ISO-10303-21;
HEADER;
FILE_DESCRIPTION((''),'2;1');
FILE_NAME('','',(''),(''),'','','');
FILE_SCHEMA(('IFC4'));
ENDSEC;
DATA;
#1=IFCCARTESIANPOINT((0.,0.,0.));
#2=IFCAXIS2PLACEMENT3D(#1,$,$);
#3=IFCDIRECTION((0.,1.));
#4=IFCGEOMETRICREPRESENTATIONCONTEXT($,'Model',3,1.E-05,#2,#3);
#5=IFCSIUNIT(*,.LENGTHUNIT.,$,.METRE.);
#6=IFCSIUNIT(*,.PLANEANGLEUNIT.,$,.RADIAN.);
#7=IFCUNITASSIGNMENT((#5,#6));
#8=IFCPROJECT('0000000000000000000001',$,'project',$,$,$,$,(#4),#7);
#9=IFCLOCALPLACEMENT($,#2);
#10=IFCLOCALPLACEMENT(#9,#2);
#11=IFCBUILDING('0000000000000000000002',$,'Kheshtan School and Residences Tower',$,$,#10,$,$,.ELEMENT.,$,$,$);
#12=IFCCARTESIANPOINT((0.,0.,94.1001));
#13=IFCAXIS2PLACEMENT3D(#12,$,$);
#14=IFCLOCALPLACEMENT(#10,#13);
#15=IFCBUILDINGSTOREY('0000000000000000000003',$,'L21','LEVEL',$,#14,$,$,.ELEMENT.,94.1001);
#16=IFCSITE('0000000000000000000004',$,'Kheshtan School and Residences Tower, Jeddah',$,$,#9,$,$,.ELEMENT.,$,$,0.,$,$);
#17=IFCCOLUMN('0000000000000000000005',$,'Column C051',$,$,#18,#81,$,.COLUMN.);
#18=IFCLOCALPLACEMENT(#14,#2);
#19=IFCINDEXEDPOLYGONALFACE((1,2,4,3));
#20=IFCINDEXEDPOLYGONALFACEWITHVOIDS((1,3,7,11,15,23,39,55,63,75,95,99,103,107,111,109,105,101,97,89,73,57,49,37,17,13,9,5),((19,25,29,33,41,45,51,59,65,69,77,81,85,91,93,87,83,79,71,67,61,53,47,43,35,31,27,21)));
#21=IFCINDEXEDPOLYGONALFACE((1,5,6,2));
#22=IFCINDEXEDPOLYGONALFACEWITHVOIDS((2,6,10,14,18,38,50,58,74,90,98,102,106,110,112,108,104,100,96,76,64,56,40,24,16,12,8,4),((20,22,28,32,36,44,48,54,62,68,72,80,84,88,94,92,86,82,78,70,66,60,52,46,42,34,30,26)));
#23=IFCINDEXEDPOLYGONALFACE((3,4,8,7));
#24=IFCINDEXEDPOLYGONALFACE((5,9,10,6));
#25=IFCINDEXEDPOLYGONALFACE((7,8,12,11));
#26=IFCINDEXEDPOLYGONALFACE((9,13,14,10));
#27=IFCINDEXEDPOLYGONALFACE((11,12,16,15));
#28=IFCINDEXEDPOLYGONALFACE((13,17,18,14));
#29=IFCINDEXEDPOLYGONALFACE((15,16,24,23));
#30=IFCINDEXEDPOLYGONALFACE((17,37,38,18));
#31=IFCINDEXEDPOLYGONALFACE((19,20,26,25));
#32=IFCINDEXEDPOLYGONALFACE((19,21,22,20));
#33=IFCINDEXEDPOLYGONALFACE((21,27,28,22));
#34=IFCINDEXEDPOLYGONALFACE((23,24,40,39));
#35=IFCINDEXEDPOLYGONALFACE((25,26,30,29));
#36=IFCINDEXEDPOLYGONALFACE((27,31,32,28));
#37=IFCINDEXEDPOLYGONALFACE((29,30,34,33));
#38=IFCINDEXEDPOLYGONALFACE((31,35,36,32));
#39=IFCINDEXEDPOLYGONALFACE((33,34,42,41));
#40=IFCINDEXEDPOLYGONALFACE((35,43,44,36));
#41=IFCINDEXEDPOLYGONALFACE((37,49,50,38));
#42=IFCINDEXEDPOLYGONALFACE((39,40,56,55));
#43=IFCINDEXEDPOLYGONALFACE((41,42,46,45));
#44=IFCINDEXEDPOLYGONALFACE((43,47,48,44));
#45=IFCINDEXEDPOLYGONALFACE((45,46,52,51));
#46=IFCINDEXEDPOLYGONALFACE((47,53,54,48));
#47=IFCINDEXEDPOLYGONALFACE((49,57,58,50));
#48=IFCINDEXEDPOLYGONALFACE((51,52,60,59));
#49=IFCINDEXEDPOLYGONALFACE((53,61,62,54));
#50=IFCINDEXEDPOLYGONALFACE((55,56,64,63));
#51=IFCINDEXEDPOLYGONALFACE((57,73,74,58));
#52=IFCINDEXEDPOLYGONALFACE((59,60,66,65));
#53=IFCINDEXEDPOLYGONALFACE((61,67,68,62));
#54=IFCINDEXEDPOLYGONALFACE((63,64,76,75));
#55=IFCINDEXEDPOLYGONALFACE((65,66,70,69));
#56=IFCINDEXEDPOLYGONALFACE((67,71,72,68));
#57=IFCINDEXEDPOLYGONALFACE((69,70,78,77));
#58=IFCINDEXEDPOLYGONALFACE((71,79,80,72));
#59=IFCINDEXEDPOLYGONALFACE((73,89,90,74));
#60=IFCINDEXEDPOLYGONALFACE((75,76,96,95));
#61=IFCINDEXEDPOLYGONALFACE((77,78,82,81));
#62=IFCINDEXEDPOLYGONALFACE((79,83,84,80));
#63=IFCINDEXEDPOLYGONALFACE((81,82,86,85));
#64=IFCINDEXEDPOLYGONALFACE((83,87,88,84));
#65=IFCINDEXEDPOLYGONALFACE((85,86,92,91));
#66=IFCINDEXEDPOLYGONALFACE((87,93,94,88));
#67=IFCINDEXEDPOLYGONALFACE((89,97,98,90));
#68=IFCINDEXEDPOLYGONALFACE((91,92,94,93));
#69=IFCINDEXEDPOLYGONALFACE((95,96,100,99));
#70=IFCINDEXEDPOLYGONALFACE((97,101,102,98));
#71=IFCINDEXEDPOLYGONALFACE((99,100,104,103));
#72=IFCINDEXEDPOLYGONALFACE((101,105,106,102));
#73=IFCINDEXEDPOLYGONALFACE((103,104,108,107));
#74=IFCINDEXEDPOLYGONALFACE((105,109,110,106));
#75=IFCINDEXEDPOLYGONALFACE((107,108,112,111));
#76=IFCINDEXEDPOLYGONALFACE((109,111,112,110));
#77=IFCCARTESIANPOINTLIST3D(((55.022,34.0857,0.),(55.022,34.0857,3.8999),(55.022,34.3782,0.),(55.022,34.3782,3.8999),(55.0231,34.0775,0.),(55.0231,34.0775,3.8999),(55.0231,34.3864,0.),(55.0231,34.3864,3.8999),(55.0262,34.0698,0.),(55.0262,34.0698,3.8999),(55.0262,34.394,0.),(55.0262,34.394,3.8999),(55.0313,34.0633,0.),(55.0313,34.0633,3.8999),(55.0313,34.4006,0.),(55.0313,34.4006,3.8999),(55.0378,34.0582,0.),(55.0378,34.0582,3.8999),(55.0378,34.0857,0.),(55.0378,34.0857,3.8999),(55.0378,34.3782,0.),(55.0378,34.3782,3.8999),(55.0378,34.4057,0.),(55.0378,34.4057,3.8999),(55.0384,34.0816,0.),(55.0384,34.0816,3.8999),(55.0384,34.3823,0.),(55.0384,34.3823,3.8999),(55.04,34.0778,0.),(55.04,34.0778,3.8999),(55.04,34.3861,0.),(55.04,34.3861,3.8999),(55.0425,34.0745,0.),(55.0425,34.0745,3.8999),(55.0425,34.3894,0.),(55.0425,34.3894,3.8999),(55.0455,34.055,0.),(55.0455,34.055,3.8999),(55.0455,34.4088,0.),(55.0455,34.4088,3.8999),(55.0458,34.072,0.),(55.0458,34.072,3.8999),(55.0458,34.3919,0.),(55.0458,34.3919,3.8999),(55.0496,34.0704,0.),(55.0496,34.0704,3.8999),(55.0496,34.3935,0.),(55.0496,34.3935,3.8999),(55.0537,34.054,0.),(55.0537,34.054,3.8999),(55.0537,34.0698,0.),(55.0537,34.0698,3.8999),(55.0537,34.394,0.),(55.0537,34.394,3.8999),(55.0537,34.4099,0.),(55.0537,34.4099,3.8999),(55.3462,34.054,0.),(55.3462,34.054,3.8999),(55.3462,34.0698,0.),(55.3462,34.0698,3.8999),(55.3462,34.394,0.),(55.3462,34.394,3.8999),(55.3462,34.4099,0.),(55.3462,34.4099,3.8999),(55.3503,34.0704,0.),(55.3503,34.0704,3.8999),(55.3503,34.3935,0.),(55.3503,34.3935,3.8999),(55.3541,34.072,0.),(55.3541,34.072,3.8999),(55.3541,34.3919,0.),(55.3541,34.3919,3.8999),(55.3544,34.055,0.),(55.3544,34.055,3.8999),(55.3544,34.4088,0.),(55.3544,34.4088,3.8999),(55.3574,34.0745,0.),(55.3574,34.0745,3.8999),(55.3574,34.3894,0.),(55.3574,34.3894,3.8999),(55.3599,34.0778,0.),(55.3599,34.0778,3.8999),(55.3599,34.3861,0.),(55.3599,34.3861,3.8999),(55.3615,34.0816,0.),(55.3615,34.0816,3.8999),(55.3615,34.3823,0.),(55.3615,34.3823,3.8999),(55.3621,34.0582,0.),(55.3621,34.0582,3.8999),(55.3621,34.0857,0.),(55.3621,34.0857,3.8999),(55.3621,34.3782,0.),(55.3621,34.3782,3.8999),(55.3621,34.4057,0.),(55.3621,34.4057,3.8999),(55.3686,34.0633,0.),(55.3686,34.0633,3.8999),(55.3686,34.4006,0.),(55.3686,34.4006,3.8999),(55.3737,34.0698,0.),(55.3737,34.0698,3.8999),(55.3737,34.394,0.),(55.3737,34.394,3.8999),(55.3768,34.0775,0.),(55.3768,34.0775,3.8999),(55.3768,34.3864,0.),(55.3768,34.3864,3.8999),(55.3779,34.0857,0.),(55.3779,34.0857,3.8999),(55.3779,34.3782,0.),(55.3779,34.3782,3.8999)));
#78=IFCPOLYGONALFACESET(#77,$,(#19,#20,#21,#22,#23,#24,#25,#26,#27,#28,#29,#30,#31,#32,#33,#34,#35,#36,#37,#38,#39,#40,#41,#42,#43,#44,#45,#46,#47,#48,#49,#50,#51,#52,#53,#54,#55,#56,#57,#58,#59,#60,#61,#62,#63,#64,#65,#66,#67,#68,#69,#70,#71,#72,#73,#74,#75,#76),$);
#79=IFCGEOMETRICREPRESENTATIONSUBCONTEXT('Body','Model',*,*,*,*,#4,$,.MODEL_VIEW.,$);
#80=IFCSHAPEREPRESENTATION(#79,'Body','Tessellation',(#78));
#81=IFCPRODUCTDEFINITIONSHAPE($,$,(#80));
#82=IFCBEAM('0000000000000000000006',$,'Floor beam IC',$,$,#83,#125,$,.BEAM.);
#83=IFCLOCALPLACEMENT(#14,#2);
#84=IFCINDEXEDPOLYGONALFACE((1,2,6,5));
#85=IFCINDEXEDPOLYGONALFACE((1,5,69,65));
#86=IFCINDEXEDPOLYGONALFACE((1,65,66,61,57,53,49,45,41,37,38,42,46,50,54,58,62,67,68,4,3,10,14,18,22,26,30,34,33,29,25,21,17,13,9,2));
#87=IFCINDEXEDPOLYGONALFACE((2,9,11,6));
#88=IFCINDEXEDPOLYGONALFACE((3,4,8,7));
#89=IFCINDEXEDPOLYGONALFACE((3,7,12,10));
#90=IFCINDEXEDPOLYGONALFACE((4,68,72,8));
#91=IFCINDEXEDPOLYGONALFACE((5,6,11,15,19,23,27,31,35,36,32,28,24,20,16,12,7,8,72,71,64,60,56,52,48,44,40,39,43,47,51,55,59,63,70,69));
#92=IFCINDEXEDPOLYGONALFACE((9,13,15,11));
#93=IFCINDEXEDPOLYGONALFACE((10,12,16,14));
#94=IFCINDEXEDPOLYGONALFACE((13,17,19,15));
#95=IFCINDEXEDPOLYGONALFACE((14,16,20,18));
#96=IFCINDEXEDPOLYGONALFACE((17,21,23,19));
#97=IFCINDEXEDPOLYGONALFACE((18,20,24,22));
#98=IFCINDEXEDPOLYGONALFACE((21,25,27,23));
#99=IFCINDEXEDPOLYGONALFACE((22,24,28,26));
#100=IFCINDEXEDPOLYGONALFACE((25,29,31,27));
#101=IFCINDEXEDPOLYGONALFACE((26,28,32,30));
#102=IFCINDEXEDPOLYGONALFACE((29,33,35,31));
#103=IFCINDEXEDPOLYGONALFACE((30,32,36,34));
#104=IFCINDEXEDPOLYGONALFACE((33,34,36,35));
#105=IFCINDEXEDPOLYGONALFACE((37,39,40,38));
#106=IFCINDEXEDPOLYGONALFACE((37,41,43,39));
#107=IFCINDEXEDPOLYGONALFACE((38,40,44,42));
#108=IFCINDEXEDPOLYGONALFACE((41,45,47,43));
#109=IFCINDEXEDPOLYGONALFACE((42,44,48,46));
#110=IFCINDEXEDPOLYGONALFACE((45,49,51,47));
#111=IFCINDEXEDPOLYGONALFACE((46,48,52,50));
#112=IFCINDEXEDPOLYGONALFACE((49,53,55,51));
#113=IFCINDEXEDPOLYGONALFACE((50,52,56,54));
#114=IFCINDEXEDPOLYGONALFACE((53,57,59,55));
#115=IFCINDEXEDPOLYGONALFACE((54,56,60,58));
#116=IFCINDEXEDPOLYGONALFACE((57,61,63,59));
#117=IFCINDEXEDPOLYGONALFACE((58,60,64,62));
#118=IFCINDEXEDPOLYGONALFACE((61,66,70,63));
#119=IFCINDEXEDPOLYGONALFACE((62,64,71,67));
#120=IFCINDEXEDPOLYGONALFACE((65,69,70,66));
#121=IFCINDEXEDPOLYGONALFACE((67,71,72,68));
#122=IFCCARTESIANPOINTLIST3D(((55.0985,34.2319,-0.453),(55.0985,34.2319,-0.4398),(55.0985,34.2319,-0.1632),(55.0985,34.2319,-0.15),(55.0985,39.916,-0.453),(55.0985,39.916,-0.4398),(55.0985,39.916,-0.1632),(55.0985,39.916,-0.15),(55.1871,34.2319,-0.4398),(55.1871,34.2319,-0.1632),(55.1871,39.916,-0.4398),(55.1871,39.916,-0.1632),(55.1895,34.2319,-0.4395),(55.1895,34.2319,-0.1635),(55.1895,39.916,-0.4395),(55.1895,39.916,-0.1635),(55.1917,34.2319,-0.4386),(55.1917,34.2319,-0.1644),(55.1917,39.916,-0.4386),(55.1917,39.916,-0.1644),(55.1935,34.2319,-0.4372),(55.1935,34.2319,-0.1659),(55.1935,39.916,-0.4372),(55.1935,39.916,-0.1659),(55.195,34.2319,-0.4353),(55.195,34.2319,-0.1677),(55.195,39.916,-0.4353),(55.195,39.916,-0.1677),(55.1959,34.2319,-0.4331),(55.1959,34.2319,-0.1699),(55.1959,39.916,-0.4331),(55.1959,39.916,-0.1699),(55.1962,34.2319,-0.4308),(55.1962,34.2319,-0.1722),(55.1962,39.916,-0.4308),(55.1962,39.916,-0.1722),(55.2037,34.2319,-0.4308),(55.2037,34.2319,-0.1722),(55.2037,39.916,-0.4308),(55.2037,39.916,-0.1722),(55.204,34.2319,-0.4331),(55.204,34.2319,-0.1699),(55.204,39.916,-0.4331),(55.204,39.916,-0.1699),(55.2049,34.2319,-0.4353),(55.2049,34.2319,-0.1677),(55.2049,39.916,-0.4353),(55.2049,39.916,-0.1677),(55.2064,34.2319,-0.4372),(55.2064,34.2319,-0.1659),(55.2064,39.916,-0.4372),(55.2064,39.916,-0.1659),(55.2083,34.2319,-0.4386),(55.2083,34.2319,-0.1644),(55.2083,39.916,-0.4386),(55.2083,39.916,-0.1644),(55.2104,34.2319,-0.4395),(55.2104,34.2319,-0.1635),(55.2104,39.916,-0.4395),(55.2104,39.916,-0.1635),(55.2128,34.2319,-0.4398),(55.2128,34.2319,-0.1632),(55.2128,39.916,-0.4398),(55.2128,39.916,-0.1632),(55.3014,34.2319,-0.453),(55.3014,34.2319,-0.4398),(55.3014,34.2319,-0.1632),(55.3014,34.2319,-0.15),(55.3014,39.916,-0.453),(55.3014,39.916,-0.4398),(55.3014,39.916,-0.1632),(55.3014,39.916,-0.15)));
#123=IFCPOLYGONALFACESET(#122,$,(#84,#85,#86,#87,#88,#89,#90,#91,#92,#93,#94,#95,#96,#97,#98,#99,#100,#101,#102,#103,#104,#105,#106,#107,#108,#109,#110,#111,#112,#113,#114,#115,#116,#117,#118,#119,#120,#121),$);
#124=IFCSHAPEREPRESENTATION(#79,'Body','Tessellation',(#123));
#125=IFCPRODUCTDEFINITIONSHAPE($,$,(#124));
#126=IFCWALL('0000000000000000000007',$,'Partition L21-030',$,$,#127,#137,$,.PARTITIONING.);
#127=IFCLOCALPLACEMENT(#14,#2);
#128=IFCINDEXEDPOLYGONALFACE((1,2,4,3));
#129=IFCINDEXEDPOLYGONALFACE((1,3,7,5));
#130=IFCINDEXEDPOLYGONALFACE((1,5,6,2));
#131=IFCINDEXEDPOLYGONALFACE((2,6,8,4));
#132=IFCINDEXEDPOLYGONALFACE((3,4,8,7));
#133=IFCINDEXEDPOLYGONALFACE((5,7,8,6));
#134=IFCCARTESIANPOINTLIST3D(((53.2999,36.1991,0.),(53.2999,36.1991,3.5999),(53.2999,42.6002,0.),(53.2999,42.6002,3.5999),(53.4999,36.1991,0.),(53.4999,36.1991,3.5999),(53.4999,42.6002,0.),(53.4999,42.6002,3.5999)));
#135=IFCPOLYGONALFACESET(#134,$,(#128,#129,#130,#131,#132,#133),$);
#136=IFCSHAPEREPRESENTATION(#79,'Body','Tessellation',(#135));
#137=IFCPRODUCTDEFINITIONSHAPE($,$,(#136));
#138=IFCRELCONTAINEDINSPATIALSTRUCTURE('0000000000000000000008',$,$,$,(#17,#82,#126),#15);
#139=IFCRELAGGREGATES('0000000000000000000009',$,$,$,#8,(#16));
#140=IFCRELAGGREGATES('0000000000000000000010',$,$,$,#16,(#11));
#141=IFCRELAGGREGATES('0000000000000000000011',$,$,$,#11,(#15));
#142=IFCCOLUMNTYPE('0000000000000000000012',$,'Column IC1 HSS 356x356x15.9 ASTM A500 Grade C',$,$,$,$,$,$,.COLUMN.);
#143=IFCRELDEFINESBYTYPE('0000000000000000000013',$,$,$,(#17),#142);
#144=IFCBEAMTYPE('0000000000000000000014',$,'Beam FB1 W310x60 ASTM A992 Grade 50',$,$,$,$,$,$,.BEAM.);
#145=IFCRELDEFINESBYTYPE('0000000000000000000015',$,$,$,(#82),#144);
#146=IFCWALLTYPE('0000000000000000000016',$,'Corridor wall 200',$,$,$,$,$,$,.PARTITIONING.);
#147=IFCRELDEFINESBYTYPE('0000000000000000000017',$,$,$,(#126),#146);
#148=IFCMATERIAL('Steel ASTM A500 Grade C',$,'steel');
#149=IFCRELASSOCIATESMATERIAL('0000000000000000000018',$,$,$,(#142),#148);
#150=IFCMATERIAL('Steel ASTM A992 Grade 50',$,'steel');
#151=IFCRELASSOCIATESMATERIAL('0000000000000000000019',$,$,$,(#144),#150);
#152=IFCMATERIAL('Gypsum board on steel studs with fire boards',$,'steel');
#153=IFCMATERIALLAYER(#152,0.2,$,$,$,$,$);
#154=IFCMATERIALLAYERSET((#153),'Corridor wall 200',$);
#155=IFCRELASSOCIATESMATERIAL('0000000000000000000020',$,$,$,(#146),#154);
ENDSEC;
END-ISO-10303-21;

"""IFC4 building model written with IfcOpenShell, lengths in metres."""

from ifc_helpers import new_model, si_unit, direction, frame, frame_2d, origin, origin_2d, place, context, subcontext, project, spatial, rectangle, hollow_rectangle, i_section, extrude, material, layer, layer_set, material_profile, profile_set, type_object, element, save


model = new_model("IFC4")

# Units and contexts
model_context = context("Model", 3, precision=1e-05, world=origin(), true_north=direction((0.0, 1.0)))
body_context = subcontext(model_context, "Body", "Model", "MODEL_VIEW")
ifc_project = project(units=[si_unit("LENGTHUNIT", "METRE"), si_unit("PLANEANGLEUNIT", "RADIAN")], contexts=[model_context])

# Site, building, storey
site_placement = place(None, origin())
site = spatial("IfcSite", under=ifc_project, at=site_placement, Name="Kheshtan School and Residences Tower, Jeddah", CompositionType="ELEMENT", RefElevation=0.0)
building_placement = place(site_placement, origin())
building = spatial("IfcBuilding", under=site, at=building_placement, Name="Kheshtan School and Residences Tower", CompositionType="ELEMENT")
storey_placement = place(building_placement, frame((0.0, 0.0, 94.1001)))
storey = spatial("IfcBuildingStorey", under=building, at=storey_placement, Name="L21", Description="LEVEL", CompositionType="ELEMENT", Elevation=94.1001)

# Column
ifc_material_1 = material(Name="Steel ASTM A500 Grade C", Category="steel")
ifc_material_profile_1 = material_profile(ifc_material_1, hollow_rectangle(XDim=0.356, YDim=0.356, WallThickness=0.0159, InnerFilletRadius=0.0159, OuterFilletRadius=0.0317, at=origin_2d()), Name="HSS 356x356x15.9")
ifc_profile_set_1 = profile_set([ifc_material_profile_1], Name="Steel ASTM A500 Grade C")
column_type = type_object("IfcColumnType", Name="Column IC1 HSS 356x356x15.9 ASTM A500 Grade C", PredefinedType="COLUMN", material=ifc_profile_set_1)
column_placement = place(storey_placement, frame((55.2, 34.2319, 0.0), z_axis=(0.0, 0.0, 1.0), x_axis=(1.0, 0.0, 0.0)))
element("IfcColumn", 1, at=column_placement, inside=storey, type_object=column_type, Name="Column C051", PredefinedType="COLUMN", context=body_context, shape_type="SweptSolid", body=[
    extrude(hollow_rectangle(XDim=0.356, YDim=0.356, WallThickness=0.0159, InnerFilletRadius=0.0159, OuterFilletRadius=0.0317, at=origin_2d()), origin(), (0.0, 0.0, 1.0), 3.8999),
])

# Beam
ifc_material_2 = material(Name="Steel ASTM A992 Grade 50", Category="steel")
ifc_material_profile_2 = material_profile(ifc_material_2, i_section(OverallWidth=0.2029, OverallDepth=0.303, WebThickness=0.0076, FlangeThickness=0.0132, FilletRadius=0.009, at=origin_2d()), Name="W310x60")
ifc_profile_set_2 = profile_set([ifc_material_profile_2], Name="Steel ASTM A992 Grade 50")
beam_type = type_object("IfcBeamType", Name="Beam FB1 W310x60 ASTM A992 Grade 50", PredefinedType="BEAM", material=ifc_profile_set_2)
beam_placement = place(storey_placement, frame((55.2, 34.2319, -0.3015), z_axis=(0.0, 1.0, 0.0), x_axis=(-1.0, 0.0, 0.0)))
element("IfcBeam", 2, at=beam_placement, inside=storey, type_object=beam_type, Name="Floor beam IC", PredefinedType="BEAM", context=body_context, shape_type="SweptSolid", body=[
    extrude(i_section(OverallWidth=0.2029, OverallDepth=0.303, WebThickness=0.0076, FlangeThickness=0.0132, FilletRadius=0.009, at=origin_2d()), origin(), (0.0, 0.0, 1.0), 5.6841),
])

# Wall
ifc_material_3 = material(Name="Gypsum board on steel studs with fire boards", Category="steel")
ifc_layer_1 = layer(ifc_material_3, 0.2)
ifc_layer_set_1 = layer_set([ifc_layer_1], Name="Corridor wall 200")
wall_type_1 = type_object("IfcWallType", Name="Corridor wall 200", PredefinedType="PARTITIONING", material=ifc_layer_set_1)
wall_1_placement = place(storey_placement, frame((53.3999, 36.199, 0.0), z_axis=(0.0, 0.0, 1.0), x_axis=(0.0, 1.0, 0.0)))
element("IfcWall", 3, at=wall_1_placement, inside=storey, type_object=wall_type_1, Name="Partition L21-030", PredefinedType="PARTITIONING", context=body_context, shape_type="SweptSolid", body=[
    extrude(rectangle(XDim=6.4011, YDim=0.2, at=frame_2d((3.2007, 0.0))), origin(), (0.0, 0.0, 1.0), 3.5999),
])

save(model, "model.ifc")
